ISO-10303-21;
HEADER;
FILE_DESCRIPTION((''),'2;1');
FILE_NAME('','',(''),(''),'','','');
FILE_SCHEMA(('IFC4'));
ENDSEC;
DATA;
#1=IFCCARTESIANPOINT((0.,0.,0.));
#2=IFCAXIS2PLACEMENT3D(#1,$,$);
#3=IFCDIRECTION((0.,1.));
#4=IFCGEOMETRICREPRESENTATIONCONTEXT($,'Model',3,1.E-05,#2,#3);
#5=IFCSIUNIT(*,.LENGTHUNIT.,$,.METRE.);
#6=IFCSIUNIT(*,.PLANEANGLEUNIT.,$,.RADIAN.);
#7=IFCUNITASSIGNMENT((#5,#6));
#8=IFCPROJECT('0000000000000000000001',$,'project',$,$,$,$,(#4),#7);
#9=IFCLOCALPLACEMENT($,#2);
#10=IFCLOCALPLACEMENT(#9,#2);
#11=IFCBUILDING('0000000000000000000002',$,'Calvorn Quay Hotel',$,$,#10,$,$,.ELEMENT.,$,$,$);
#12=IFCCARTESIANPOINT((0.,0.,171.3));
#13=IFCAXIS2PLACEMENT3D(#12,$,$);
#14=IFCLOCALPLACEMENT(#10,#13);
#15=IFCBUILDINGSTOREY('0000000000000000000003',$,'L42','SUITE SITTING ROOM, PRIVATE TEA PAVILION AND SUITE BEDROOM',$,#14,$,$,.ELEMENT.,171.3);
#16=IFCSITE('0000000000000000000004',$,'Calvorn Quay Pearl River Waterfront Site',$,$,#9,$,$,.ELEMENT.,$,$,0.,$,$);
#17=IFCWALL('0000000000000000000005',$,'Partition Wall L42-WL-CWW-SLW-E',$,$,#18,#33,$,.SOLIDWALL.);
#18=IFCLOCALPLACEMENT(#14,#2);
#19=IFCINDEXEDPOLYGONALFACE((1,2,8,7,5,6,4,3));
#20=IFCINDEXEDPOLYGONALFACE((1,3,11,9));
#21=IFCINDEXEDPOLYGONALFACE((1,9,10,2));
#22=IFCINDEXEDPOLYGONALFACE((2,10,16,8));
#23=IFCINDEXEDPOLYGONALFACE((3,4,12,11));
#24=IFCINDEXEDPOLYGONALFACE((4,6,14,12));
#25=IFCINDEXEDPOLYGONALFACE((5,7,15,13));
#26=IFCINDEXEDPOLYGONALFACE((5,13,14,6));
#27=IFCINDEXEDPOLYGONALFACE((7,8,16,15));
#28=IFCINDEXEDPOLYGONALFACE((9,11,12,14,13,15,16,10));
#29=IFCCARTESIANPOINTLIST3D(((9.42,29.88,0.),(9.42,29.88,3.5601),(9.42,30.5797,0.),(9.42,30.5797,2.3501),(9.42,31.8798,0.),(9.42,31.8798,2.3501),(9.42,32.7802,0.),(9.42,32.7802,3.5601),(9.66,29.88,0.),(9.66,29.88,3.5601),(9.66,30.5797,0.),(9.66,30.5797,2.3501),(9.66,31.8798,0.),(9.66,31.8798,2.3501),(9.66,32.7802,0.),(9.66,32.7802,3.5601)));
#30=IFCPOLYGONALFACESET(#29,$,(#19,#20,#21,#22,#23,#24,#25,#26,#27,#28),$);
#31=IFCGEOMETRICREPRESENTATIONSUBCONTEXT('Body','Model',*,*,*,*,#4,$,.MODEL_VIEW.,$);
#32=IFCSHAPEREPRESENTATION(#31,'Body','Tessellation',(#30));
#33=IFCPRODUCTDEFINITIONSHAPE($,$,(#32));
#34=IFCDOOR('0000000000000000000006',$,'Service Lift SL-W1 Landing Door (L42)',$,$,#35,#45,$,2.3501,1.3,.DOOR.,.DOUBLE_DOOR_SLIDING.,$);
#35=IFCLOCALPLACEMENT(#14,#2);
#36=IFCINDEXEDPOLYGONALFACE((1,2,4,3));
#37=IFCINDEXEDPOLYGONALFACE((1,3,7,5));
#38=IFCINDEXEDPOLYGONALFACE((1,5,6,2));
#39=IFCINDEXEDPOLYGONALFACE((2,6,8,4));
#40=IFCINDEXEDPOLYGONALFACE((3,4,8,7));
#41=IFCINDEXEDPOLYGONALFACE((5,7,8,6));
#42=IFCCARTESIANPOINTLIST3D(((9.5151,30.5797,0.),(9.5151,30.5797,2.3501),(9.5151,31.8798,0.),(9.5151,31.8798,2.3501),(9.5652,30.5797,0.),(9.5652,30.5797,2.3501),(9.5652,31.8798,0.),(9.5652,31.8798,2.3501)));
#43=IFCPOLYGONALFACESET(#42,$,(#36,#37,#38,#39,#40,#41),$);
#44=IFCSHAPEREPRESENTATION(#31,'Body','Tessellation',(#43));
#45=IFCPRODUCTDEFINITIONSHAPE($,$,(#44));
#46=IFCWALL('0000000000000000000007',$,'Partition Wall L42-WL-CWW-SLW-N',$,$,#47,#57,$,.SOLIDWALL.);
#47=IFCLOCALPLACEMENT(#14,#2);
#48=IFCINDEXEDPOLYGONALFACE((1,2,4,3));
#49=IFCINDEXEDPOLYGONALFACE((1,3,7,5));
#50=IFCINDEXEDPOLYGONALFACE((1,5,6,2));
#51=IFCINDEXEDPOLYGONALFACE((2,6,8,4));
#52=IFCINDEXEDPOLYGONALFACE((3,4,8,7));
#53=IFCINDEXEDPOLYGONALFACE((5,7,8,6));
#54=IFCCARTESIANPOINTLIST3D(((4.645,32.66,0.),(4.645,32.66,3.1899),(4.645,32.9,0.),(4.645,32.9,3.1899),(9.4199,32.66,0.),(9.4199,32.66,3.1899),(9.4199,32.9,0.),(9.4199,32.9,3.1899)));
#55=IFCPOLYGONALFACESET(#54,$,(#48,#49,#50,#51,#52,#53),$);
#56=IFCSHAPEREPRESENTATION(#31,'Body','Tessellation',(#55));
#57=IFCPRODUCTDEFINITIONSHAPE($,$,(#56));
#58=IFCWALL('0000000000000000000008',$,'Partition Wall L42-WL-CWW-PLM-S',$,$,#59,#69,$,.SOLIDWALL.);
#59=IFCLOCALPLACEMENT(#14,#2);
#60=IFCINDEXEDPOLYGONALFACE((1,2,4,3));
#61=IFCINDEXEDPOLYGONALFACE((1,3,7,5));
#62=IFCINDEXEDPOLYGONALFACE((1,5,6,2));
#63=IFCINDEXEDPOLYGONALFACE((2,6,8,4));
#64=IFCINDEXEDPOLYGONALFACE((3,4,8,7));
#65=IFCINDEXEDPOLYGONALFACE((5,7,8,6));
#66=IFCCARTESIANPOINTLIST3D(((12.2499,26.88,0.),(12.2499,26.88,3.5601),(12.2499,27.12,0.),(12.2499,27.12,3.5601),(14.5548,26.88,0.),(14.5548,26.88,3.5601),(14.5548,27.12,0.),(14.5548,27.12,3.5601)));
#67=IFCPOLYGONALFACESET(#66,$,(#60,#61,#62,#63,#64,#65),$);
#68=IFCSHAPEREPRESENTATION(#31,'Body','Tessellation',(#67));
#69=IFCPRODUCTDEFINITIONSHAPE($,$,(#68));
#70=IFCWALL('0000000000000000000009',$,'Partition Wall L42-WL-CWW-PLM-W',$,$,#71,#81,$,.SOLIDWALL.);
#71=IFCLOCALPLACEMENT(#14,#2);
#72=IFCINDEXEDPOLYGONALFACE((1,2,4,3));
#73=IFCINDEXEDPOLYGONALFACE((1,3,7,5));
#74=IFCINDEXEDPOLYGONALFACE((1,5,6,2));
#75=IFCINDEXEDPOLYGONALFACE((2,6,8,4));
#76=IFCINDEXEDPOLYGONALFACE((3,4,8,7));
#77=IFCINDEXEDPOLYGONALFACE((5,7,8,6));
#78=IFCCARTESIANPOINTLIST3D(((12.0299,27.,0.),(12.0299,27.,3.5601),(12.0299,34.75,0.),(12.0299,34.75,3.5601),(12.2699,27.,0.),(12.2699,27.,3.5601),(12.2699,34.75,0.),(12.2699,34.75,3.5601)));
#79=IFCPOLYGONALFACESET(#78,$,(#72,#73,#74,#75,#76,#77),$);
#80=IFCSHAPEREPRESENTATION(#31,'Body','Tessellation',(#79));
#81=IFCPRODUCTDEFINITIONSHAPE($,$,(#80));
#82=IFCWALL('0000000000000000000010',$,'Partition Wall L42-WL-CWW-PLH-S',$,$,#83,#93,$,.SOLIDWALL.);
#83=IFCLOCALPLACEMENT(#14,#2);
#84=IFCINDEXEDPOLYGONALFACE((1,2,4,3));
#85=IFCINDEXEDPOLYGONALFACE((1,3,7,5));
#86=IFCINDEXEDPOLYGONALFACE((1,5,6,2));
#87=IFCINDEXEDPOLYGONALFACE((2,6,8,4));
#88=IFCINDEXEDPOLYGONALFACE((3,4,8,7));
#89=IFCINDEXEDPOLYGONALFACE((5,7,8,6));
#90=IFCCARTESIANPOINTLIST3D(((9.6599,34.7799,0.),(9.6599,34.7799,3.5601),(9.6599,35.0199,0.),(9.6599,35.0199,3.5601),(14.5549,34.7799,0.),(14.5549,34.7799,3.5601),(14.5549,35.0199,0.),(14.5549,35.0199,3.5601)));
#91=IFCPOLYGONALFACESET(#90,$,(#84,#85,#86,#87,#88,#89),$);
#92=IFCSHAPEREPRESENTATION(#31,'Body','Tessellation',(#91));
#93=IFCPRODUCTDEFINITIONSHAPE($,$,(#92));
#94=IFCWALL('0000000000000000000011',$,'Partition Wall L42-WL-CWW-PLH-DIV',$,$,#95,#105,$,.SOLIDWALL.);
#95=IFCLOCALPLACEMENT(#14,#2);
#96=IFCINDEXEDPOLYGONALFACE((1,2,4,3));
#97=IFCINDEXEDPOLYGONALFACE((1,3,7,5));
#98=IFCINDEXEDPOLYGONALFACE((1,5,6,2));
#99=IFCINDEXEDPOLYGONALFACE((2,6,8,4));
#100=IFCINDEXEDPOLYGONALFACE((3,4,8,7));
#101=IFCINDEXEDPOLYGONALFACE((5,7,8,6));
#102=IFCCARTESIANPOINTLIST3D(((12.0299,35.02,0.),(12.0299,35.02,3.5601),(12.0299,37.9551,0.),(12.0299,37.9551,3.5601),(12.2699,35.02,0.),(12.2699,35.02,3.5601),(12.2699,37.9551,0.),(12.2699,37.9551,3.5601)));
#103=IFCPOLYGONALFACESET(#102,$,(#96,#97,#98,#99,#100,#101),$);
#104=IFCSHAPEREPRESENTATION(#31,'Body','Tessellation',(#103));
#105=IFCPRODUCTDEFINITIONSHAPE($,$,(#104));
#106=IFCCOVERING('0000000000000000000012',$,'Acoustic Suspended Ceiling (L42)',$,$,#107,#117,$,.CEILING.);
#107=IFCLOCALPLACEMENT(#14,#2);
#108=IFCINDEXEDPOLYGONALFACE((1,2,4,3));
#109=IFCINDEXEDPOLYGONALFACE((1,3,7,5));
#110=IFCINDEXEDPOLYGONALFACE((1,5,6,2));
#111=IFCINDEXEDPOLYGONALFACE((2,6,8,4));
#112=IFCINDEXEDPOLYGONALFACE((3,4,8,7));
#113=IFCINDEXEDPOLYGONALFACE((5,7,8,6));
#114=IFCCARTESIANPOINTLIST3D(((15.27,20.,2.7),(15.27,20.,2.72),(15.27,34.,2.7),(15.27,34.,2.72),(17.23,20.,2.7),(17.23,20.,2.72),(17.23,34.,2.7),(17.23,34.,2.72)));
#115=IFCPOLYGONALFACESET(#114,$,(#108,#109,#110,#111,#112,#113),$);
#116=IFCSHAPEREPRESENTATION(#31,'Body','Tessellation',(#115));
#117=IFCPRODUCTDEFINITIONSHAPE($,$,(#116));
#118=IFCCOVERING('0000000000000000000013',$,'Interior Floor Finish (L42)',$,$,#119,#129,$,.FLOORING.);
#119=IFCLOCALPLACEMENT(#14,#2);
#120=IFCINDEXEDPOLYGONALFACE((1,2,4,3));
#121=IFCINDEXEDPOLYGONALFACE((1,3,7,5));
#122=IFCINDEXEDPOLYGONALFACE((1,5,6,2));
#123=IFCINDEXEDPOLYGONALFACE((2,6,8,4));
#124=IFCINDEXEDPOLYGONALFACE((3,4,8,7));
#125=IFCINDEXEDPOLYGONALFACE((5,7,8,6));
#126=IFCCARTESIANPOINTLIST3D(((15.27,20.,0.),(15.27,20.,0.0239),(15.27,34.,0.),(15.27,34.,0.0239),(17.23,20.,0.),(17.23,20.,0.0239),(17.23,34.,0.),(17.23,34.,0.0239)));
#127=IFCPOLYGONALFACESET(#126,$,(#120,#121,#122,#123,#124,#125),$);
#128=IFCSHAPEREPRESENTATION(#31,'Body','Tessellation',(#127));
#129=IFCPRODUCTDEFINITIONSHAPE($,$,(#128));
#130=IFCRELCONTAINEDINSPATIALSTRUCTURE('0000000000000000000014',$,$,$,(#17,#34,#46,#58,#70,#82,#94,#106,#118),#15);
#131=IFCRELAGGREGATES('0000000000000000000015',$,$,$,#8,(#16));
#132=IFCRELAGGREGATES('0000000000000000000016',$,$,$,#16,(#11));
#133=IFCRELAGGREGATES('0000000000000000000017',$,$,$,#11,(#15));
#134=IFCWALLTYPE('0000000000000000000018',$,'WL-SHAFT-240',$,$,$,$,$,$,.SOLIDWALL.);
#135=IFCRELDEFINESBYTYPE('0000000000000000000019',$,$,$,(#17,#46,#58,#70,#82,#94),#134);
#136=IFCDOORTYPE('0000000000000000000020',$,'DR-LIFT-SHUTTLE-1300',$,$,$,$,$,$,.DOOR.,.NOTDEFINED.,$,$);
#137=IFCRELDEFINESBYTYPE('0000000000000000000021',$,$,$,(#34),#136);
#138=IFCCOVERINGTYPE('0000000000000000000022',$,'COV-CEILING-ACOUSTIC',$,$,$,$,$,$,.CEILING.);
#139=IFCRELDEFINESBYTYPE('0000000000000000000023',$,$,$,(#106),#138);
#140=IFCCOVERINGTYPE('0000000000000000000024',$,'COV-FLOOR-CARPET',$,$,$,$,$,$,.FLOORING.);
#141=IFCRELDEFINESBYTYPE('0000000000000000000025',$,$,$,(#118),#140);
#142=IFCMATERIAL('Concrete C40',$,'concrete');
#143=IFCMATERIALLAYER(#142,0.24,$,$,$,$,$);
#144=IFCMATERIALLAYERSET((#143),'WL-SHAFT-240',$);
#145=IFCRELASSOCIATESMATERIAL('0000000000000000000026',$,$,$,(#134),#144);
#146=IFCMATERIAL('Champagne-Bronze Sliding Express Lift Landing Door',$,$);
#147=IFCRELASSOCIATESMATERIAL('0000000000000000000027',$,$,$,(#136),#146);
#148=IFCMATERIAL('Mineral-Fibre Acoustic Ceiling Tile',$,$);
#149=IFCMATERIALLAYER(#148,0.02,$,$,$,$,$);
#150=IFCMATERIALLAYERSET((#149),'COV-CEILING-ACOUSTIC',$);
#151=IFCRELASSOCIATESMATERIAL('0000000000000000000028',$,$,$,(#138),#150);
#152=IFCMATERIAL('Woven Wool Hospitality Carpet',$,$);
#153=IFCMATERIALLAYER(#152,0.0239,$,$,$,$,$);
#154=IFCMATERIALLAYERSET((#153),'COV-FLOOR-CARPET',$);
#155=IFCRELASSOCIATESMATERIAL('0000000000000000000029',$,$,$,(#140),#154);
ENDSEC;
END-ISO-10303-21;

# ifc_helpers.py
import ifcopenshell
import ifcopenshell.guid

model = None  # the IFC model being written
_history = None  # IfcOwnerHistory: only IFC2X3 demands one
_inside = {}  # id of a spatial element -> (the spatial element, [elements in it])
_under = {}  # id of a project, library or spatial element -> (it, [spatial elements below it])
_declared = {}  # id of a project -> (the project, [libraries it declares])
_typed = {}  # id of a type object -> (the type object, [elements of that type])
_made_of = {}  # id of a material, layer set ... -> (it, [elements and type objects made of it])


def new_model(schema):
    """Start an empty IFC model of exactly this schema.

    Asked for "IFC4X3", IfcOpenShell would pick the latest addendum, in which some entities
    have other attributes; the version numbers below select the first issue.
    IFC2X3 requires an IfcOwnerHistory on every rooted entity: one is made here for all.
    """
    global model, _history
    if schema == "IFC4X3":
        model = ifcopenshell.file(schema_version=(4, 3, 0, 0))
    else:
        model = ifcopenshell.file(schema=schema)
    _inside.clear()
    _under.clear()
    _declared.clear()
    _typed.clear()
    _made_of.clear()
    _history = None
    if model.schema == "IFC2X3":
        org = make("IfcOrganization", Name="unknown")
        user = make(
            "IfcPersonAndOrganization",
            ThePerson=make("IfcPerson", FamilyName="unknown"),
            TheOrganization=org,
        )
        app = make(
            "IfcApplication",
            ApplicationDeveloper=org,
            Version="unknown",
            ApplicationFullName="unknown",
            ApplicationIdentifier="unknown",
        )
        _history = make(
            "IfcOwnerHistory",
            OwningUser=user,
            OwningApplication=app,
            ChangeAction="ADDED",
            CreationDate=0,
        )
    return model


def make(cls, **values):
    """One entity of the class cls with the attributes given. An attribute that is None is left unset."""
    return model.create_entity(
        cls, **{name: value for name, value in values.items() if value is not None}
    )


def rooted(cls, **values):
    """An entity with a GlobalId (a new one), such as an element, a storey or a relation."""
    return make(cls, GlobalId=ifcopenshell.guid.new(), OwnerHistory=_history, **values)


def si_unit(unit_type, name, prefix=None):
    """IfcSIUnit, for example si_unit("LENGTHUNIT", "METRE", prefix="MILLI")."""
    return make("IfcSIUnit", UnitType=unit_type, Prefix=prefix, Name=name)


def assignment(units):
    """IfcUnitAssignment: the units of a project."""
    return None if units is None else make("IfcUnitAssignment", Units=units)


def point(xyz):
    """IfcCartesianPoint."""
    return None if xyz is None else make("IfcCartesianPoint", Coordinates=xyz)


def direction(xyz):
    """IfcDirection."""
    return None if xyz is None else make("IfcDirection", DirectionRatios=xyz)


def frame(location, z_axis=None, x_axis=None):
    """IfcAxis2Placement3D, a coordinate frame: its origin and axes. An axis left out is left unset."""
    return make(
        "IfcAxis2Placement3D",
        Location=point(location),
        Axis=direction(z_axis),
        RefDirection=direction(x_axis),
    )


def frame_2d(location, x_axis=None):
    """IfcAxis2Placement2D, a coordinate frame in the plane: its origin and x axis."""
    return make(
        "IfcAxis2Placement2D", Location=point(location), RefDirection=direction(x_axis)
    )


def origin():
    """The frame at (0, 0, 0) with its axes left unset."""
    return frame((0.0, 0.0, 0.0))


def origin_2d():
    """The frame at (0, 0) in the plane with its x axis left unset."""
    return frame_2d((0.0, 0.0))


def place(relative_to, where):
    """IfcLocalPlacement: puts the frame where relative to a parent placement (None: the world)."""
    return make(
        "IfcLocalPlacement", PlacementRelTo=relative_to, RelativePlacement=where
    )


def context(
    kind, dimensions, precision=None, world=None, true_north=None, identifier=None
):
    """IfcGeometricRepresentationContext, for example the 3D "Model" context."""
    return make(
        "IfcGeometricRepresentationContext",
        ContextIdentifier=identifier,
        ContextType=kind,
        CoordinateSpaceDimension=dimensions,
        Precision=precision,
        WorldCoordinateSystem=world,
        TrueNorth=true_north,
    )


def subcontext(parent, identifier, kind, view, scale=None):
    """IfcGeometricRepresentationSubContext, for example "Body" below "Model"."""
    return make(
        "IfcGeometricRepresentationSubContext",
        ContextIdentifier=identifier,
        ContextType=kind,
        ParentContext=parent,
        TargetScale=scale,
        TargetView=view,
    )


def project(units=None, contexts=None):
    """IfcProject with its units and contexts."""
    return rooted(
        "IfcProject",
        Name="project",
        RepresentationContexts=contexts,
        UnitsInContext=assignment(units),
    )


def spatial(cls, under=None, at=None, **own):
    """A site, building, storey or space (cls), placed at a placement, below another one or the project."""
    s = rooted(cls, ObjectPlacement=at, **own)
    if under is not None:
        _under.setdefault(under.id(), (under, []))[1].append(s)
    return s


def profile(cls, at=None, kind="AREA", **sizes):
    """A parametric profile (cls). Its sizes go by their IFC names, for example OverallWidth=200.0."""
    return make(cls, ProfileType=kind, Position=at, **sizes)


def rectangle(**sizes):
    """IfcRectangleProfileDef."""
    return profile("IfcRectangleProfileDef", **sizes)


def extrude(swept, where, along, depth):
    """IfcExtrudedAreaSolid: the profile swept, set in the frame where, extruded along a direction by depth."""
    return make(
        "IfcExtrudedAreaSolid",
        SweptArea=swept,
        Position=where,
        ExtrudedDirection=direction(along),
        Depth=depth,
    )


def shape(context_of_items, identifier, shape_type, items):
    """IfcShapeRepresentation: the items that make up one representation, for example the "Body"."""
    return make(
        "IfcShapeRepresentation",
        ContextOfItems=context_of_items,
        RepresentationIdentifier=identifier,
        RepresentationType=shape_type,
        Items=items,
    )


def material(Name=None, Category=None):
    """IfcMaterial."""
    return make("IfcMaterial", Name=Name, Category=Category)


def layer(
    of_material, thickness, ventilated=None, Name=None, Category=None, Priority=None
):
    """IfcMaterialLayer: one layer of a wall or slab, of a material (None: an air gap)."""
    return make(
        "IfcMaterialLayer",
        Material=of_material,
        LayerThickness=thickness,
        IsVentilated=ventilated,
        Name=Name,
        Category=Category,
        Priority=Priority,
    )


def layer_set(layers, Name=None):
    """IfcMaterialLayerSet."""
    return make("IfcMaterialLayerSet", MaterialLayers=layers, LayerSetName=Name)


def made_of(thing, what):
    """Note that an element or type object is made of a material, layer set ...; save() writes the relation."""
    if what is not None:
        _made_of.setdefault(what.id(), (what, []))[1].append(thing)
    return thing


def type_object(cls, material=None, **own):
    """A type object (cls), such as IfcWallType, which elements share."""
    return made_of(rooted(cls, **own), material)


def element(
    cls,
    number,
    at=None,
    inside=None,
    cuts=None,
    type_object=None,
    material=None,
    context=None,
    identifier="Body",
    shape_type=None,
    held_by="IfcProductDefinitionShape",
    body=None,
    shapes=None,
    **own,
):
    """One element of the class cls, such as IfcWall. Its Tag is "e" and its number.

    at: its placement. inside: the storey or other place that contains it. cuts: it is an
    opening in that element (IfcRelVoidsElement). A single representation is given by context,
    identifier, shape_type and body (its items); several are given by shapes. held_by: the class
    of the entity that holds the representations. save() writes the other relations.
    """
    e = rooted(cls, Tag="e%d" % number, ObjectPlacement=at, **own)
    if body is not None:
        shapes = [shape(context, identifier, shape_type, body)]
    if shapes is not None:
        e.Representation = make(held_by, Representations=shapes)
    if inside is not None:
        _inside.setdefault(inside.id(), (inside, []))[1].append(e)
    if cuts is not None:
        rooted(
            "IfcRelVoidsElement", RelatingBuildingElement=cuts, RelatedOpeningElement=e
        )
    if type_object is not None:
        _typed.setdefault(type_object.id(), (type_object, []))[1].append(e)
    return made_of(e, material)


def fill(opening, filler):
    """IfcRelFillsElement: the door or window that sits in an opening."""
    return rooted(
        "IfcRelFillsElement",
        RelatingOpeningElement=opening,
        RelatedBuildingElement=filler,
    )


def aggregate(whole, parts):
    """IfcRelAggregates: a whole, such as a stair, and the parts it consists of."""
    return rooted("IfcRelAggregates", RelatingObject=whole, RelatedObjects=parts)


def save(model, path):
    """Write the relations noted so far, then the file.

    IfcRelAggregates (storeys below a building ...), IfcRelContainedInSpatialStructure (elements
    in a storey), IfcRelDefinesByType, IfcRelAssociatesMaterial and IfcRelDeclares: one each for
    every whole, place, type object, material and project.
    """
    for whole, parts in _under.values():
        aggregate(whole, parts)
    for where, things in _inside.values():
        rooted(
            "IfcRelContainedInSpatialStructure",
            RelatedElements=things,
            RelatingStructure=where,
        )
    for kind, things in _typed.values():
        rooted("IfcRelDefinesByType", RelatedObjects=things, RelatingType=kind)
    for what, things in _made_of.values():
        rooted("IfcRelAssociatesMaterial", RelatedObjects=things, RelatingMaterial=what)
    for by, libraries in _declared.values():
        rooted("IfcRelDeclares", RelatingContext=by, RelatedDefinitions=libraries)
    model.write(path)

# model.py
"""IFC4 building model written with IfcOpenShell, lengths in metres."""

from ifc_helpers import new_model, si_unit, direction, frame, frame_2d, origin, origin_2d, place, context, subcontext, project, spatial, rectangle, extrude, material, layer, layer_set, type_object, element, fill, save


model = new_model("IFC4")

# Units and contexts
model_context = context("Model", 3, precision=1e-05, world=origin(), true_north=direction((0.0, 1.0)))
body_context = subcontext(model_context, "Body", "Model", "MODEL_VIEW")
ifc_project = project(units=[si_unit("LENGTHUNIT", "METRE"), si_unit("PLANEANGLEUNIT", "RADIAN")], contexts=[model_context])

# Site, building, storey
site_placement = place(None, origin())
site = spatial("IfcSite", under=ifc_project, at=site_placement, Name="Calvorn Quay Pearl River Waterfront Site", CompositionType="ELEMENT", RefElevation=0.0)
building_placement = place(site_placement, origin())
building = spatial("IfcBuilding", under=site, at=building_placement, Name="Calvorn Quay Hotel", CompositionType="ELEMENT")
storey_placement = place(building_placement, frame((0.0, 0.0, 171.3)))
storey = spatial("IfcBuildingStorey", under=building, at=storey_placement, Name="L42", Description="SUITE SITTING ROOM, PRIVATE TEA PAVILION AND SUITE BEDROOM", CompositionType="ELEMENT", Elevation=171.3)

# Shared definitions
ifc_material_1 = material(Name="Concrete C40", Category="concrete")
ifc_layer_1 = layer(ifc_material_1, 0.24)
ifc_layer_set_1 = layer_set([ifc_layer_1], Name="WL-SHAFT-240")
wall_type_1 = type_object("IfcWallType", Name="WL-SHAFT-240", PredefinedType="SOLIDWALL", material=ifc_layer_set_1)

# Shared definitions
ifc_material_2 = material(Name="Champagne-Bronze Sliding Express Lift Landing Door")
door_type_1 = type_object("IfcDoorType", Name="DR-LIFT-SHUTTLE-1300", OperationType="NOTDEFINED", PredefinedType="DOOR", material=ifc_material_2)

# Wall, opening, door
wall_1_placement = place(storey_placement, frame((9.54, 29.8799, 0.0), z_axis=(0.0, 0.0, 1.0), x_axis=(0.0, 1.0, 0.0)))
wall_1 = element("IfcWall", 1, at=wall_1_placement, inside=storey, type_object=wall_type_1, Name="Partition Wall L42-WL-CWW-SLW-E", PredefinedType="SOLIDWALL", context=body_context, shape_type="SweptSolid", body=[
    extrude(rectangle(XDim=2.9001, YDim=0.24, at=frame_2d((1.4502, 0.0))), origin(), (0.0, 0.0, 1.0), 3.5601),
])
opening_1_placement = place(wall_1_placement, frame((0.7, 0.0, 0.0)))
opening_1 = element("IfcOpeningElement", 2, at=opening_1_placement, cuts=wall_1, PredefinedType="OPENING", context=body_context, shape_type="SweptSolid", body=[
    extrude(rectangle(XDim=1.3, YDim=2.3501, at=frame_2d((0.6499, 1.175))), frame((0.0, 0.1299, 0.0), z_axis=(0.0, -1.0, 0.0), x_axis=(1.0, 0.0, 0.0)), (0.0, 0.0, 1.0), 0.26),
])
door_1_placement = place(opening_1_placement, origin())
door_1 = element("IfcDoor", 3, at=door_1_placement, inside=storey, type_object=door_type_1, Name="Service Lift SL-W1 Landing Door (L42)", OperationType="DOUBLE_DOOR_SLIDING", OverallHeight=2.3501, OverallWidth=1.3, PredefinedType="DOOR", context=body_context, shape_type="SweptSolid", body=[
    extrude(rectangle(XDim=1.3, YDim=2.3501, at=frame_2d((0.6499, 1.175))), frame((0.0, 0.0249, 0.0), z_axis=(0.0, -1.0, 0.0), x_axis=(1.0, 0.0, 0.0)), (0.0, 0.0, 1.0), 0.05),
])
fill(opening_1, door_1)

# Walls
wall_2_placement = place(storey_placement, frame((4.645, 32.78, 0.0), z_axis=(0.0, 0.0, 1.0), x_axis=(1.0, 0.0, 0.0)))
element("IfcWall", 4, at=wall_2_placement, inside=storey, type_object=wall_type_1, Name="Partition Wall L42-WL-CWW-SLW-N", PredefinedType="SOLIDWALL", context=body_context, shape_type="SweptSolid", body=[
    extrude(rectangle(XDim=4.7749, YDim=0.24, at=frame_2d((2.3875, 0.0))), origin(), (0.0, 0.0, 1.0), 3.1899),
])
wall_3_placement = place(storey_placement, frame((12.25, 27.0, 0.0), z_axis=(0.0, 0.0, 1.0), x_axis=(1.0, 0.0, 0.0)))
element("IfcWall", 5, at=wall_3_placement, inside=storey, type_object=wall_type_1, Name="Partition Wall L42-WL-CWW-PLM-S", PredefinedType="SOLIDWALL", context=body_context, shape_type="SweptSolid", body=[
    extrude(rectangle(XDim=2.3049, YDim=0.24, at=frame_2d((1.1523, 0.0))), origin(), (0.0, 0.0, 1.0), 3.5601),
])
wall_4_placement = place(storey_placement, frame((12.1499, 27.0, 0.0), z_axis=(0.0, 0.0, 1.0), x_axis=(0.0, 1.0, 0.0)))
element("IfcWall", 6, at=wall_4_placement, inside=storey, type_object=wall_type_1, Name="Partition Wall L42-WL-CWW-PLM-W", PredefinedType="SOLIDWALL", context=body_context, shape_type="SweptSolid", body=[
    extrude(rectangle(XDim=7.75, YDim=0.24, at=frame_2d((3.875, 0.0))), origin(), (0.0, 0.0, 1.0), 3.5601),
])
wall_5_placement = place(storey_placement, frame((9.6599, 34.8999, 0.0), z_axis=(0.0, 0.0, 1.0), x_axis=(1.0, 0.0, 0.0)))
element("IfcWall", 7, at=wall_5_placement, inside=storey, type_object=wall_type_1, Name="Partition Wall L42-WL-CWW-PLH-S", PredefinedType="SOLIDWALL", context=body_context, shape_type="SweptSolid", body=[
    extrude(rectangle(XDim=4.895, YDim=0.24, at=frame_2d((2.4475, 0.0))), origin(), (0.0, 0.0, 1.0), 3.5601),
])
wall_6_placement = place(storey_placement, frame((12.1499, 35.02, 0.0), z_axis=(0.0, 0.0, 1.0), x_axis=(0.0, 1.0, 0.0)))
element("IfcWall", 8, at=wall_6_placement, inside=storey, type_object=wall_type_1, Name="Partition Wall L42-WL-CWW-PLH-DIV", PredefinedType="SOLIDWALL", context=body_context, shape_type="SweptSolid", body=[
    extrude(rectangle(XDim=2.9351, YDim=0.24, at=frame_2d((1.4675, 0.0))), origin(), (0.0, 0.0, 1.0), 3.5601),
])

# Coverings
ifc_material_3 = material(Name="Mineral-Fibre Acoustic Ceiling Tile")
ifc_layer_2 = layer(ifc_material_3, 0.02)
ifc_layer_set_2 = layer_set([ifc_layer_2], Name="COV-CEILING-ACOUSTIC")
covering_type_1 = type_object("IfcCoveringType", Name="COV-CEILING-ACOUSTIC", PredefinedType="CEILING", material=ifc_layer_set_2)
covering_1_placement = place(storey_placement, frame((16.25, 27.0, 2.7), z_axis=(0.0, 0.0, 1.0), x_axis=(1.0, 0.0, 0.0)))
element("IfcCovering", 9, at=covering_1_placement, inside=storey, type_object=covering_type_1, Name="Acoustic Suspended Ceiling (L42)", PredefinedType="CEILING", context=body_context, shape_type="SweptSolid", body=[
    extrude(rectangle(XDim=1.96, YDim=14.0, at=origin_2d()), origin(), (0.0, 0.0, 1.0), 0.02),
])
ifc_material_4 = material(Name="Woven Wool Hospitality Carpet")
ifc_layer_3 = layer(ifc_material_4, 0.0239)
ifc_layer_set_3 = layer_set([ifc_layer_3], Name="COV-FLOOR-CARPET")
covering_type_2 = type_object("IfcCoveringType", Name="COV-FLOOR-CARPET", PredefinedType="FLOORING", material=ifc_layer_set_3)
covering_2_placement = place(storey_placement, frame((16.25, 27.0, 0.0), z_axis=(0.0, 0.0, 1.0), x_axis=(1.0, 0.0, 0.0)))
element("IfcCovering", 10, at=covering_2_placement, inside=storey, type_object=covering_type_2, Name="Interior Floor Finish (L42)", PredefinedType="FLOORING", context=body_context, shape_type="SweptSolid", body=[
    extrude(rectangle(XDim=1.96, YDim=14.0, at=origin_2d()), origin(), (0.0, 0.0, 1.0), 0.0239),
])

save(model, "model.ifc")
